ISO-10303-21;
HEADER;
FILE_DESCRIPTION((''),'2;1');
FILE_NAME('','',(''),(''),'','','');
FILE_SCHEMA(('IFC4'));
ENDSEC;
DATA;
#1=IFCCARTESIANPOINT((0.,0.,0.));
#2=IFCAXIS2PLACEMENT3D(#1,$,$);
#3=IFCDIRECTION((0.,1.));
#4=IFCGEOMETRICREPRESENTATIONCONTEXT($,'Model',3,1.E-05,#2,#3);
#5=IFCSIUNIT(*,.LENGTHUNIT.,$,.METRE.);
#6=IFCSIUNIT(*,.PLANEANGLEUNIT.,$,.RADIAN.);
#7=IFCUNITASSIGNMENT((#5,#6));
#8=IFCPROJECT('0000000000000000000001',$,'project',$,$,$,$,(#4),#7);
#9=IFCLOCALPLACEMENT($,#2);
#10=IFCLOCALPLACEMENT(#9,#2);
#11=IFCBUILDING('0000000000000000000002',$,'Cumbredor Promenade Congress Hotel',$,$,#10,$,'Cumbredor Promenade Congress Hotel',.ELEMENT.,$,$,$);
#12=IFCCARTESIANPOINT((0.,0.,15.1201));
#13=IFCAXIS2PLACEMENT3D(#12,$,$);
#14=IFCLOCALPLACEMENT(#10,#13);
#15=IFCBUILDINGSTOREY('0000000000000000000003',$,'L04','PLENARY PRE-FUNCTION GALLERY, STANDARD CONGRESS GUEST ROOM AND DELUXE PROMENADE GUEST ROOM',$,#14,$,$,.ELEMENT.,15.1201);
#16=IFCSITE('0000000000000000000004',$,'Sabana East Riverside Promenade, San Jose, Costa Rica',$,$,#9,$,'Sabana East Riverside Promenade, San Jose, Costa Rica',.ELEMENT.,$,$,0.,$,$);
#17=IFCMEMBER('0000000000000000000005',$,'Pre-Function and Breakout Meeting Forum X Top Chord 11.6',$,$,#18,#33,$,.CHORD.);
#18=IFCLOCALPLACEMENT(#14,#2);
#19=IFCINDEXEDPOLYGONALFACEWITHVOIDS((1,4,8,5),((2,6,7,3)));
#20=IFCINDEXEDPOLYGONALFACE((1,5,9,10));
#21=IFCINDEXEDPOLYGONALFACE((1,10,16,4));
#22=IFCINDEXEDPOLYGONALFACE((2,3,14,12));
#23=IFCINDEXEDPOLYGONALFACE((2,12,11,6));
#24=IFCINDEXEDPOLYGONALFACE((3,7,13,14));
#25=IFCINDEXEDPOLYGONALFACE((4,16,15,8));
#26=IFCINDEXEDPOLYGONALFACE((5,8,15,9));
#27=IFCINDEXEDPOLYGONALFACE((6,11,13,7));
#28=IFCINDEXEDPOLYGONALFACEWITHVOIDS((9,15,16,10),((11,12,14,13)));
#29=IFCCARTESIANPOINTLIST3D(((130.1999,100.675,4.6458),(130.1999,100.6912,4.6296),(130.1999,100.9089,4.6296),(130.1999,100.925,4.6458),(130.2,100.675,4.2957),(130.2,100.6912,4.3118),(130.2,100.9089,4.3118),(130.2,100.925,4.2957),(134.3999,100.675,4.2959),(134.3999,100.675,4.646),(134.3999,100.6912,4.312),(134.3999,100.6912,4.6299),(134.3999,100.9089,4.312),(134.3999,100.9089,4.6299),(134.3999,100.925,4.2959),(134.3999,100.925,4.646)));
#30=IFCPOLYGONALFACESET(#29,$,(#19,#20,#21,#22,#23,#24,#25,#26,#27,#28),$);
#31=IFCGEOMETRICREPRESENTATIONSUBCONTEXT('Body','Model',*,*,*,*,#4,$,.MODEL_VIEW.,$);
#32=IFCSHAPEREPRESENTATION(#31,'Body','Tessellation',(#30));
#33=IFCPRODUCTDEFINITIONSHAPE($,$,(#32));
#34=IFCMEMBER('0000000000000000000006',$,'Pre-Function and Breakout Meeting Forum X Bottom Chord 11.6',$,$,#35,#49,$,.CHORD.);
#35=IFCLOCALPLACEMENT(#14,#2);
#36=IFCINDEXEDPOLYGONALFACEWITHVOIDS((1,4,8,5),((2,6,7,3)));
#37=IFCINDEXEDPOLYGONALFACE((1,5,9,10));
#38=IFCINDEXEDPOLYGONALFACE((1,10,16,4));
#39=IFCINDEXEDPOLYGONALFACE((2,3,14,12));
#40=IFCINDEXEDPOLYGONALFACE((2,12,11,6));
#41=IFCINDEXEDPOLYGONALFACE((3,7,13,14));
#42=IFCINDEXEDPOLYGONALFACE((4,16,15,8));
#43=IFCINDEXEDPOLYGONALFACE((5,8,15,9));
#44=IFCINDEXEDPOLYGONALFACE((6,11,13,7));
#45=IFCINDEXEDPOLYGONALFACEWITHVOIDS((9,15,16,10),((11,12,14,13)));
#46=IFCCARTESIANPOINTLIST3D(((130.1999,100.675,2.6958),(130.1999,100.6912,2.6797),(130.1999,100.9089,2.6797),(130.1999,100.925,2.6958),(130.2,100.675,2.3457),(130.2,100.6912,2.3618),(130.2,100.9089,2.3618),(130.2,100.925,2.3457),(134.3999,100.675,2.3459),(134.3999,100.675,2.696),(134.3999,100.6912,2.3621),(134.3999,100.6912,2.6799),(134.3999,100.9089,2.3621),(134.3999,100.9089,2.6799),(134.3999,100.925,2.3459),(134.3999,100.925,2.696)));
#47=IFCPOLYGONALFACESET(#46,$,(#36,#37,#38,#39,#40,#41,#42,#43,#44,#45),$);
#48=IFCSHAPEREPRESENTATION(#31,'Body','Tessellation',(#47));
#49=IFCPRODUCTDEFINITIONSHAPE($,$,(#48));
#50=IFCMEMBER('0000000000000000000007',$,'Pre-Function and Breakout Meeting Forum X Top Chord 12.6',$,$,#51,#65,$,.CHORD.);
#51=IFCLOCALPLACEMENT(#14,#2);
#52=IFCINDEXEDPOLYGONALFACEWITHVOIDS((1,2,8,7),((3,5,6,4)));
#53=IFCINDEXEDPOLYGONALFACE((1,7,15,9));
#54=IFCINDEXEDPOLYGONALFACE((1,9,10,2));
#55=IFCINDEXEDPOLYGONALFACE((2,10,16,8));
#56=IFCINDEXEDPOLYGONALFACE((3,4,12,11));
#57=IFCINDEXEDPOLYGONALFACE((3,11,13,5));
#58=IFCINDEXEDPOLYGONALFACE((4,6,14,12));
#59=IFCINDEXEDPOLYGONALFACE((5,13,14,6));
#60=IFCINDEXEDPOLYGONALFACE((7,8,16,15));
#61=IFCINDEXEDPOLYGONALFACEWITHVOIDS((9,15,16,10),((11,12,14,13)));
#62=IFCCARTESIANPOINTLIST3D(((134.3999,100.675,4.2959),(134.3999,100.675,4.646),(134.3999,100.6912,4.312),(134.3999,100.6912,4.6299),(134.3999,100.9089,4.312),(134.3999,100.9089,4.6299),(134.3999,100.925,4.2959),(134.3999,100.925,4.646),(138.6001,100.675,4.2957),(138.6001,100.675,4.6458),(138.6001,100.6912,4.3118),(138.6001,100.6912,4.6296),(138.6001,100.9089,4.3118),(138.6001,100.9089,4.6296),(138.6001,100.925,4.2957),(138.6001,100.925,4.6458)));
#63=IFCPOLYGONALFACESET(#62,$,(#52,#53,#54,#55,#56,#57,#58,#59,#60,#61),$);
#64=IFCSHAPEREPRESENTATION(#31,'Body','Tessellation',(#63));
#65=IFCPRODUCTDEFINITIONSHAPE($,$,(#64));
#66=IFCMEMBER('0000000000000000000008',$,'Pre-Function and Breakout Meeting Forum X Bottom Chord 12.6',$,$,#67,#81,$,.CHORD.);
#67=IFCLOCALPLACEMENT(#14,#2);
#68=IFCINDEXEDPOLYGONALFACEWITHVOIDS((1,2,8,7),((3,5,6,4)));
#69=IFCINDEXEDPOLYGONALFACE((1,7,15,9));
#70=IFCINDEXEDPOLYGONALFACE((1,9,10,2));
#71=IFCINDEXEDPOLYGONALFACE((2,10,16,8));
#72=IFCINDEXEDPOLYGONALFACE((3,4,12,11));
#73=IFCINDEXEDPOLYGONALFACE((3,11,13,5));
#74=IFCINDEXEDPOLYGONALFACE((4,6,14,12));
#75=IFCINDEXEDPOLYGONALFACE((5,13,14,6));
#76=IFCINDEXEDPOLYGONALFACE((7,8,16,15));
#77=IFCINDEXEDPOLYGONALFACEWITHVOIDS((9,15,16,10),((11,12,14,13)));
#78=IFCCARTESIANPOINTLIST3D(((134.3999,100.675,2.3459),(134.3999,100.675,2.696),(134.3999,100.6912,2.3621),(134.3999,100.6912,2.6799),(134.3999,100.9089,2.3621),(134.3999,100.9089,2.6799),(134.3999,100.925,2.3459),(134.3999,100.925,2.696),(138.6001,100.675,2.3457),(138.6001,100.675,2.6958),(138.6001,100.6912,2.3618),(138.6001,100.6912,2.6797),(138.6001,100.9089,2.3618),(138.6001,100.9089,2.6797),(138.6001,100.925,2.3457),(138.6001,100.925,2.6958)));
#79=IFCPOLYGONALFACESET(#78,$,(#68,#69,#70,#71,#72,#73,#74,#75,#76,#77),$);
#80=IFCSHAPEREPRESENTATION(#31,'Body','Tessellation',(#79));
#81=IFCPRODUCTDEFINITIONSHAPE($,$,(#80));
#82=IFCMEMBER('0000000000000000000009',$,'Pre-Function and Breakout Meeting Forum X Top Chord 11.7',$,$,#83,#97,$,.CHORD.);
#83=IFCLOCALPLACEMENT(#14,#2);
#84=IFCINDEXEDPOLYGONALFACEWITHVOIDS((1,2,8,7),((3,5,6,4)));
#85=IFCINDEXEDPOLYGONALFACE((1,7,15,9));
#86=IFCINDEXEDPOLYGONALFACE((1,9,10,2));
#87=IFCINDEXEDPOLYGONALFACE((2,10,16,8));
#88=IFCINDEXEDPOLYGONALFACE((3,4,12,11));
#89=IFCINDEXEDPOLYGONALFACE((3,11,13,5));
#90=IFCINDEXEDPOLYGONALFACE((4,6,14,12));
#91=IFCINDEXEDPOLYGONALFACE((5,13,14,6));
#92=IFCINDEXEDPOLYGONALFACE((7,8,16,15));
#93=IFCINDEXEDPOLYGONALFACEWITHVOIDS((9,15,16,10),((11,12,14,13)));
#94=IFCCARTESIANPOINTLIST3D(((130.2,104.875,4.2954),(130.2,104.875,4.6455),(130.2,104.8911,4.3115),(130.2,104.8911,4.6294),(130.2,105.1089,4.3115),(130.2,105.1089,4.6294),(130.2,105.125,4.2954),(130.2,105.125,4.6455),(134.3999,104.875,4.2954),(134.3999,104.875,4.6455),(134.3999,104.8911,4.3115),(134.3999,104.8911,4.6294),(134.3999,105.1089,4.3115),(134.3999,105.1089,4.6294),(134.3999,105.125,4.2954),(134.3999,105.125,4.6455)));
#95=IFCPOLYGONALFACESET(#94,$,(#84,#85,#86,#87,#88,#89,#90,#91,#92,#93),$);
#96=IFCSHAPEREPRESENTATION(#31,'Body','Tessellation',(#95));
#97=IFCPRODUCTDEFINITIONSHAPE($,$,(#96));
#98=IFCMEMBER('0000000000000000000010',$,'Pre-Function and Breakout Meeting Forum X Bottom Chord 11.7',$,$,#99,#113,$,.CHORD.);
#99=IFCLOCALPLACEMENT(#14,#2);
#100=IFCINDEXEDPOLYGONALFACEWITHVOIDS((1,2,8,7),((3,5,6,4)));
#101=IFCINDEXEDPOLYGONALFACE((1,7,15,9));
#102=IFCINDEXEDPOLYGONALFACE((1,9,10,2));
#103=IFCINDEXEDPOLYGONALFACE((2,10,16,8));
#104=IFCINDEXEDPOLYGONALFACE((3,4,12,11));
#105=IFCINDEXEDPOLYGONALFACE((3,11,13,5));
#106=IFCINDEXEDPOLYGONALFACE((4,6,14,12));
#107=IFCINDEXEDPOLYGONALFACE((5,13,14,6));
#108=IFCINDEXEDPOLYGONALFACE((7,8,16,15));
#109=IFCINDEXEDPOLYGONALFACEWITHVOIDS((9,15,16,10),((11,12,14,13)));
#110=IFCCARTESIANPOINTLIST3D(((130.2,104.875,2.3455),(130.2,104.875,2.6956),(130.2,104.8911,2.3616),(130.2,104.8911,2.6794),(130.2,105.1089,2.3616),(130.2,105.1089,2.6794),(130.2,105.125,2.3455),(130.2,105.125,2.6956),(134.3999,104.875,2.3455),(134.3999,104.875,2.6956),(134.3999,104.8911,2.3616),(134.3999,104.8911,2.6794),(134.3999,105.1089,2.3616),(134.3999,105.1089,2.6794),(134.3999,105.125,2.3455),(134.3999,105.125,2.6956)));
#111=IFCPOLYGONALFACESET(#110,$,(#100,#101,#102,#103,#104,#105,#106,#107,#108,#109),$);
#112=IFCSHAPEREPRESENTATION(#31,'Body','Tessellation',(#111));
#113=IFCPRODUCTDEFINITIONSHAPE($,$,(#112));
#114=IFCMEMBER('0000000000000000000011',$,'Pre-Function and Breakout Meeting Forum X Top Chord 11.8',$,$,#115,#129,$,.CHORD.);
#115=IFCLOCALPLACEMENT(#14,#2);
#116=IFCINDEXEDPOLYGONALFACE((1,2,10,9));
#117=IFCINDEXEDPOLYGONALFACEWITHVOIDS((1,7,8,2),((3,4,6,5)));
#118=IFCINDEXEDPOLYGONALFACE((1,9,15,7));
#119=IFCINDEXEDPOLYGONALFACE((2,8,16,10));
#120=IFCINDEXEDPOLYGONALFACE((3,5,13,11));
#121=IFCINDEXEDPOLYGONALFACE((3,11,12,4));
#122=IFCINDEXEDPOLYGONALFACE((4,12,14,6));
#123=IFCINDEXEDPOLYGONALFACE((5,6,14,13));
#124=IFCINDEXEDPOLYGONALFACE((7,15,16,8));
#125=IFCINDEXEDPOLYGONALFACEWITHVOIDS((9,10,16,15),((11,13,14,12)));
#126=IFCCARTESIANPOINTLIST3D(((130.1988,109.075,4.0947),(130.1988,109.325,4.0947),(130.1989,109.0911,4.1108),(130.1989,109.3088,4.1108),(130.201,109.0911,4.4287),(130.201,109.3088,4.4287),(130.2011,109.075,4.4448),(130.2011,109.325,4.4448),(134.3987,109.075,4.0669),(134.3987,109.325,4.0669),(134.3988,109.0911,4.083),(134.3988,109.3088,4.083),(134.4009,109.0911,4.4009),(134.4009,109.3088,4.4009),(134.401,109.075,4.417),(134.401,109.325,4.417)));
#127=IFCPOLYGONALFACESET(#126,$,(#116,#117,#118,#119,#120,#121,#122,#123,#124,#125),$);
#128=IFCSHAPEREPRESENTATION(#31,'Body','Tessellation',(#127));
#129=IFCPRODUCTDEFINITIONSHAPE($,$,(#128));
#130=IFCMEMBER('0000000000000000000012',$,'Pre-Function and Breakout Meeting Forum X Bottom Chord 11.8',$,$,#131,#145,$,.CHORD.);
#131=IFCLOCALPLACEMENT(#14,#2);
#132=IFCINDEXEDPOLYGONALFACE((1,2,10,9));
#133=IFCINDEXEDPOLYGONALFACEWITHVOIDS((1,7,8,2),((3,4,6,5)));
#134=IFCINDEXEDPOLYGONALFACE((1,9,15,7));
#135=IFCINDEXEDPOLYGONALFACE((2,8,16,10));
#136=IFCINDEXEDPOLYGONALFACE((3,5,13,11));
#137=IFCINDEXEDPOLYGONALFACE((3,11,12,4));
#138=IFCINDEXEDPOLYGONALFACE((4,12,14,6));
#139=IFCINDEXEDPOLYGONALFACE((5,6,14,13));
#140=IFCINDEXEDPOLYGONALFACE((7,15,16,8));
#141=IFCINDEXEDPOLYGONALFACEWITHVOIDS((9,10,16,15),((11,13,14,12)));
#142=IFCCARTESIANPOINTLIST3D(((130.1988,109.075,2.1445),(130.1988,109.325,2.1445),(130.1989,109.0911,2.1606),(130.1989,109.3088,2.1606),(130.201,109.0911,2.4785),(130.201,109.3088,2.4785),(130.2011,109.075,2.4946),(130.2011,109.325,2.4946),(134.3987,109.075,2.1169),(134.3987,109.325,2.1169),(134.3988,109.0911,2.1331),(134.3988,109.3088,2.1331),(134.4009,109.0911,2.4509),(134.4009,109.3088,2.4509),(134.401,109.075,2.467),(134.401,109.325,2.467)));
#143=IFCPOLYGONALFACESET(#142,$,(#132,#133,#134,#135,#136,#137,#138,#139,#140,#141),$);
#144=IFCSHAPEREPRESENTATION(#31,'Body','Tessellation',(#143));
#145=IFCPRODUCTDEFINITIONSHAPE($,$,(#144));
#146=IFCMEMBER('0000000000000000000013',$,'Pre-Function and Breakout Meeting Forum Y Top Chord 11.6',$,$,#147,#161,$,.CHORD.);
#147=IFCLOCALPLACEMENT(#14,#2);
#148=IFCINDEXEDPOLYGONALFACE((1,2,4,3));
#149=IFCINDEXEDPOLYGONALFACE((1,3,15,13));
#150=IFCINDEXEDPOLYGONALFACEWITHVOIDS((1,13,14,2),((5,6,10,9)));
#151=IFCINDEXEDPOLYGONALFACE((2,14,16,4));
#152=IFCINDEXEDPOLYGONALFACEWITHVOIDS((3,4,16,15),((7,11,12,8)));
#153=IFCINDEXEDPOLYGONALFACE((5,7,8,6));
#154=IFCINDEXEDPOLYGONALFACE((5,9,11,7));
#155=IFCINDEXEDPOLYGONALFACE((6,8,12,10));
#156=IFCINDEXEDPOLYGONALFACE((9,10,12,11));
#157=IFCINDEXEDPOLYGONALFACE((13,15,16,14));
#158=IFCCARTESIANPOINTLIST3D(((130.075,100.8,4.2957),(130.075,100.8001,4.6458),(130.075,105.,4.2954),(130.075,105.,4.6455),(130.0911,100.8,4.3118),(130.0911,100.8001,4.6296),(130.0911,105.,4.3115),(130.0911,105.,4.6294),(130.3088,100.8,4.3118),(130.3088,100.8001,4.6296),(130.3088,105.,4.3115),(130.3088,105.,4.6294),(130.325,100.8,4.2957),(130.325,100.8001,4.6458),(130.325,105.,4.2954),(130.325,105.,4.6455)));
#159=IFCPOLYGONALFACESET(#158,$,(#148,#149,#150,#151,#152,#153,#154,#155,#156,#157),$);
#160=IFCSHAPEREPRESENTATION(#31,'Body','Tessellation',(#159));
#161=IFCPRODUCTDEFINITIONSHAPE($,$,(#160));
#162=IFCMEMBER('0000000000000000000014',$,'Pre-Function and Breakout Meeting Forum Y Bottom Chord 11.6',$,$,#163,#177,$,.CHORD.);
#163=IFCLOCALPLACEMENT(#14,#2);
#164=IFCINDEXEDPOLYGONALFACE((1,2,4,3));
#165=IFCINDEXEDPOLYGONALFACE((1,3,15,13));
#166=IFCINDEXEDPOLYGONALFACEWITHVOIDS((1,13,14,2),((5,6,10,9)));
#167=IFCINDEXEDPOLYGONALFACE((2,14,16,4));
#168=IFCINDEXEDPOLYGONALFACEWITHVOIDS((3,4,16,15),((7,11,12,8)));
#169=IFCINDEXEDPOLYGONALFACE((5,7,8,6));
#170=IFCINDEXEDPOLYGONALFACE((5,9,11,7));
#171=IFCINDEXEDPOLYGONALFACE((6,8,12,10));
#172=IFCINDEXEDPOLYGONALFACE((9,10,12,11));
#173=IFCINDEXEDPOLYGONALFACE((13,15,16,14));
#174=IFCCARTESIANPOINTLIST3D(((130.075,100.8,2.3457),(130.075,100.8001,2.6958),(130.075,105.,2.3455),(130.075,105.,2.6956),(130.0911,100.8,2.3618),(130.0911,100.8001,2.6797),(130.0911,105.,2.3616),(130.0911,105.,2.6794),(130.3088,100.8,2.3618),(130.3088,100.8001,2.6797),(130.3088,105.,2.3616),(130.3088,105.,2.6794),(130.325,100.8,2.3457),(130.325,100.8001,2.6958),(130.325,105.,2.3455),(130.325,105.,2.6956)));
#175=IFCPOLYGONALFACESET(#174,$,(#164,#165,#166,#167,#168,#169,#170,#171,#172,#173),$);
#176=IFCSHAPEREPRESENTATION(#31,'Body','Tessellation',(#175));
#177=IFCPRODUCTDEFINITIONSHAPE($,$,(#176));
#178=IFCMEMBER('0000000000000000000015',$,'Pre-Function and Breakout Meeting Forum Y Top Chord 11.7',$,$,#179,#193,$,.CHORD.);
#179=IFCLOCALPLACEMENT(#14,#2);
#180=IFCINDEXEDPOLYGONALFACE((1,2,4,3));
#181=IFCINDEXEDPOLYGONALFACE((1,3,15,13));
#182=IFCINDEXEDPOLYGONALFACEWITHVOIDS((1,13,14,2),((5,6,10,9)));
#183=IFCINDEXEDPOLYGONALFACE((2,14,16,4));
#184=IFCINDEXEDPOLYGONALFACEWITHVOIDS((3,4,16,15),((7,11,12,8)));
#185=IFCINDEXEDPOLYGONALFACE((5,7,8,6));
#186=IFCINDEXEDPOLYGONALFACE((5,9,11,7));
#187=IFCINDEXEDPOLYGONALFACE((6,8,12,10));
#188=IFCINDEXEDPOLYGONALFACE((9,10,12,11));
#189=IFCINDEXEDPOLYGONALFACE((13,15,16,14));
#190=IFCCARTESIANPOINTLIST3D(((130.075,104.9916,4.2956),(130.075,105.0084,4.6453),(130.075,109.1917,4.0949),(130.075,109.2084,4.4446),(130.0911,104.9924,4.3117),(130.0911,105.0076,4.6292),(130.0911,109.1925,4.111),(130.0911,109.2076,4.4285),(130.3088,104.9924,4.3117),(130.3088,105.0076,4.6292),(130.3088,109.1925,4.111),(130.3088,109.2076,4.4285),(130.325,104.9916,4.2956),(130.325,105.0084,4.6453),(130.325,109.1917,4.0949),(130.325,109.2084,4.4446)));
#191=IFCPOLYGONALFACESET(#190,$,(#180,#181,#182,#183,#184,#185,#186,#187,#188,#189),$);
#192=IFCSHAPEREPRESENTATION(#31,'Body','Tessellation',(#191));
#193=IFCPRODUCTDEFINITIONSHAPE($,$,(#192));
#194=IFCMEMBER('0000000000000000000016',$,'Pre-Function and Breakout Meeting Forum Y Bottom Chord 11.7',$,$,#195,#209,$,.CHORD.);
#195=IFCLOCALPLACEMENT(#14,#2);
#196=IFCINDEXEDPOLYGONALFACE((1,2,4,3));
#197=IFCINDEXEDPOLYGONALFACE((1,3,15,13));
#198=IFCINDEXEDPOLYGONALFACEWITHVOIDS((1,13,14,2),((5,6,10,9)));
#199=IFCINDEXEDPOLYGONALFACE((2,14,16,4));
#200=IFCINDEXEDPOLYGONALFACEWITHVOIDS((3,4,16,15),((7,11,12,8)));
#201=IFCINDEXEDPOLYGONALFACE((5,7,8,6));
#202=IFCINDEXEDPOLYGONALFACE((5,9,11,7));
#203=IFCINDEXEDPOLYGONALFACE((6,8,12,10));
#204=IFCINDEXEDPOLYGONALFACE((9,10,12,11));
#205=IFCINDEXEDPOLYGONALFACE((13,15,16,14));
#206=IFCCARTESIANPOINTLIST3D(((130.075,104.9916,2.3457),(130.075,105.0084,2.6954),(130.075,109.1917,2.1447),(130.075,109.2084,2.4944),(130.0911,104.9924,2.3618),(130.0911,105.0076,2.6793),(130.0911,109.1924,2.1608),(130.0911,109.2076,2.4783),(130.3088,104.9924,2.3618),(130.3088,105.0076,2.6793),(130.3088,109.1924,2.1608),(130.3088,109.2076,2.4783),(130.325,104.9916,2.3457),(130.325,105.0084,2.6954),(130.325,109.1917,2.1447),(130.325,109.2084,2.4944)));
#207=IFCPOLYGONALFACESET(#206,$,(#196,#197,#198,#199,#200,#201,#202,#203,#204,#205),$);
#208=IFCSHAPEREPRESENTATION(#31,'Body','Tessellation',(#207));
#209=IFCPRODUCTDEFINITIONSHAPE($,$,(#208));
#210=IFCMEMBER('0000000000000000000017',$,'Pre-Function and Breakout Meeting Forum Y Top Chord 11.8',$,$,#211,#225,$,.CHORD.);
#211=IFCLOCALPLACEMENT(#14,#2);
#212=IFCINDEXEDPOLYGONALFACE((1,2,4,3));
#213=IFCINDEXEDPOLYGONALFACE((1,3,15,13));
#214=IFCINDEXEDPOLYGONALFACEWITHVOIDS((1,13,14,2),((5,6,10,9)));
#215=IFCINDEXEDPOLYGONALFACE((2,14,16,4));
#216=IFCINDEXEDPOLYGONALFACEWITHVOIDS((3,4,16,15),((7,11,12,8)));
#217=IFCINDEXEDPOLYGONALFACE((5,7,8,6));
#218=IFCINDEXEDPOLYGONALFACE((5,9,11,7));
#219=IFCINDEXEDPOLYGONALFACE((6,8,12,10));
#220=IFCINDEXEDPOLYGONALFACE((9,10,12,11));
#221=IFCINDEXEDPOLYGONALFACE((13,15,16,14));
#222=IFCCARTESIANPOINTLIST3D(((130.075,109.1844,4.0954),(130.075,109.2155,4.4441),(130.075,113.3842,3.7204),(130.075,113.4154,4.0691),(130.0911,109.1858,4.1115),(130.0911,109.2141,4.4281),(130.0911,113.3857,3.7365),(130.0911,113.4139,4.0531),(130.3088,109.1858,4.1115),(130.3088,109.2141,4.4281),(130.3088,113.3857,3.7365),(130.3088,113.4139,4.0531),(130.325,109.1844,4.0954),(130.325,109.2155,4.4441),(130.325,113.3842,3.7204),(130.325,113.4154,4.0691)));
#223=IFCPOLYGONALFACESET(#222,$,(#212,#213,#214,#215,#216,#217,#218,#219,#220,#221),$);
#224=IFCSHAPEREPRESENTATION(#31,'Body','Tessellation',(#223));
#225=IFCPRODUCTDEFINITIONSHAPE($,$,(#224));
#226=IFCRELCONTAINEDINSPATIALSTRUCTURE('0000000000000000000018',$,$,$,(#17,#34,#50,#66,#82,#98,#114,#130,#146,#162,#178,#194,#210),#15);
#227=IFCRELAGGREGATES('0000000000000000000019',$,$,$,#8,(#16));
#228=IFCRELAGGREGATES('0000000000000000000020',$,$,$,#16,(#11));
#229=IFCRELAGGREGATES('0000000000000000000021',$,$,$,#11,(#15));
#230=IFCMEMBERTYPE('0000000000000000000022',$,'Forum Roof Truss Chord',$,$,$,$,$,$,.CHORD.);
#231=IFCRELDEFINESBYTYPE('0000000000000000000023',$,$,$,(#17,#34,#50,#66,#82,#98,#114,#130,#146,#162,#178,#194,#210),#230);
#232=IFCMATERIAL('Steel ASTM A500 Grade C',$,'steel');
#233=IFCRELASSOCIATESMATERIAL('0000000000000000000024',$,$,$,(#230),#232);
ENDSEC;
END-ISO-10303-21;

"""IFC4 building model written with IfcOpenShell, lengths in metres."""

from ifc_helpers import new_model, si_unit, direction, frame, origin, origin_2d, place, context, subcontext, project, spatial, hollow_rectangle, extrude, material, material_profile, profile_set, type_object, element, save


model = new_model("IFC4")

# Units and contexts
model_context = context("Model", 3, precision=1e-05, world=origin(), true_north=direction((0.0, 1.0)))
body_context = subcontext(model_context, "Body", "Model", "MODEL_VIEW")
ifc_project = project(units=[si_unit("LENGTHUNIT", "METRE"), si_unit("PLANEANGLEUNIT", "RADIAN")], contexts=[model_context])

# Site, building, storey
site_placement = place(None, origin())
site = spatial("IfcSite", under=ifc_project, at=site_placement, Name="Sabana East Riverside Promenade, San Jose, Costa Rica", LongName="Sabana East Riverside Promenade, San Jose, Costa Rica", CompositionType="ELEMENT", RefElevation=0.0)
building_placement = place(site_placement, origin())
building = spatial("IfcBuilding", under=site, at=building_placement, Name="Cumbredor Promenade Congress Hotel", LongName="Cumbredor Promenade Congress Hotel", CompositionType="ELEMENT")
storey_placement = place(building_placement, frame((0.0, 0.0, 15.1201)))
storey = spatial("IfcBuildingStorey", under=building, at=storey_placement, Name="L04", Description="PLENARY PRE-FUNCTION GALLERY, STANDARD CONGRESS GUEST ROOM AND DELUXE PROMENADE GUEST ROOM", CompositionType="ELEMENT", Elevation=15.1201)

# Members
ifc_material_1 = material(Name="Steel ASTM A500 Grade C", Category="steel")
ifc_material_profile_1 = material_profile(ifc_material_1, hollow_rectangle(XDim=0.25, YDim=0.3501, WallThickness=0.0161, at=origin_2d()), Name="HSS 350x250x16")
ifc_profile_set_1 = profile_set([ifc_material_profile_1], Name="Steel ASTM A500 Grade C")
member_type_1 = type_object("IfcMemberType", Name="Forum Roof Truss Chord", PredefinedType="CHORD", material=ifc_profile_set_1)
for number, where, z_axis, x_axis, name in (
    (1, (130.2, 100.8, 4.4707), (1.0, 0.0, 0.000058), (0.0, 1.0, 0.0), "Pre-Function and Breakout Meeting Forum X Top Chord 11.6"),
    (2, (130.2, 100.8, 2.5208), (1.0, 0.0, 0.000058), (0.0, 1.0, 0.0), "Pre-Function and Breakout Meeting Forum X Bottom Chord 11.6"),
):
    element("IfcMember", number, at=place(storey_placement, frame(where, z_axis=z_axis, x_axis=x_axis)), inside=storey, type_object=member_type_1, Name=name, PredefinedType="CHORD", context=body_context, shape_type="SweptSolid", body=[
        extrude(hollow_rectangle(XDim=0.25, YDim=0.3501, WallThickness=0.0161, at=origin_2d()), origin(), (0.0, 0.0, 1.0), 4.2),
    ])
for number, where, z_axis, x_axis, name in (
    (3, (134.3999, 100.8, 4.4709), (1.0, 0.0, -0.000058), (0.0, 1.0, 0.0), "Pre-Function and Breakout Meeting Forum X Top Chord 12.6"),
    (4, (134.3999, 100.8, 2.521), (1.0, 0.0, -0.000058), (0.0, 1.0, 0.0), "Pre-Function and Breakout Meeting Forum X Bottom Chord 12.6"),
):
    element("IfcMember", number, at=place(storey_placement, frame(where, z_axis=z_axis, x_axis=x_axis)), inside=storey, type_object=member_type_1, Name=name, PredefinedType="CHORD", context=body_context, shape_type="SweptSolid", body=[
        extrude(hollow_rectangle(XDim=0.25, YDim=0.3501, WallThickness=0.0161, at=origin_2d()), origin(), (0.0, 0.0, 1.0), 4.2002),
    ])
for number, where, z_axis, x_axis, name in (
    (5, (130.2, 105.0, 4.4705), (1.0, 0.0, 0.0), (0.0, 1.0, 0.0), "Pre-Function and Breakout Meeting Forum X Top Chord 11.7"),
    (6, (130.2, 105.0, 2.5205), (1.0, 0.0, 0.0), (0.0, 1.0, 0.0), "Pre-Function and Breakout Meeting Forum X Bottom Chord 11.7"),
    (7, (130.2, 109.2, 4.2698), (0.999978, 0.0, -0.006627), (0.0, 1.0, 0.0), "Pre-Function and Breakout Meeting Forum X Top Chord 11.8"),
    (8, (130.2, 109.2, 2.3196), (0.999978, 0.0, -0.006568), (0.0, 1.0, 0.0), "Pre-Function and Breakout Meeting Forum X Bottom Chord 11.8"),
    (9, (130.2, 100.8, 4.4707), (0.0, 1.0, -0.000058), (-1.0, 0.0, 0.0), "Pre-Function and Breakout Meeting Forum Y Top Chord 11.6"),
    (10, (130.2, 100.8, 2.5208), (0.0, 1.0, -0.000058), (-1.0, 0.0, 0.0), "Pre-Function and Breakout Meeting Forum Y Bottom Chord 11.6"),
):
    element("IfcMember", number, at=place(storey_placement, frame(where, z_axis=z_axis, x_axis=x_axis)), inside=storey, type_object=member_type_1, Name=name, PredefinedType="CHORD", context=body_context, shape_type="SweptSolid", body=[
        extrude(hollow_rectangle(XDim=0.25, YDim=0.3501, WallThickness=0.0161, at=origin_2d()), origin(), (0.0, 0.0, 1.0), 4.2),
    ])
for number, where, z_axis, x_axis, name in (
    (11, (130.2, 105.0, 4.4705), (0.0, 0.99886, -0.047728), (-1.0, 0.0, 0.0), "Pre-Function and Breakout Meeting Forum Y Top Chord 11.7"),
    (12, (130.2, 105.0, 2.5205), (0.0, 0.998858, -0.047786), (-1.0, 0.0, 0.0), "Pre-Function and Breakout Meeting Forum Y Bottom Chord 11.7"),
):
    element("IfcMember", number, at=place(storey_placement, frame(where, z_axis=z_axis, x_axis=x_axis)), inside=storey, type_object=member_type_1, Name=name, PredefinedType="CHORD", context=body_context, shape_type="SweptSolid", body=[
        extrude(hollow_rectangle(XDim=0.25, YDim=0.3501, WallThickness=0.0161, at=origin_2d()), origin(), (0.0, 0.0, 1.0), 4.2048),
    ])
for number, where, z_axis, x_axis, name in (
    (13, (130.2, 109.2, 4.2698), (0.0, 0.996038, -0.088933), (-1.0, 0.0, 0.0), "Pre-Function and Breakout Meeting Forum Y Top Chord 11.8"),
):
    element("IfcMember", number, at=place(storey_placement, frame(where, z_axis=z_axis, x_axis=x_axis)), inside=storey, type_object=member_type_1, Name=name, PredefinedType="CHORD", context=body_context, shape_type="SweptSolid", body=[
        extrude(hollow_rectangle(XDim=0.25, YDim=0.3501, WallThickness=0.0161, at=origin_2d()), origin(), (0.0, 0.0, 1.0), 4.2166),
    ])

save(model, "model.ifc")
